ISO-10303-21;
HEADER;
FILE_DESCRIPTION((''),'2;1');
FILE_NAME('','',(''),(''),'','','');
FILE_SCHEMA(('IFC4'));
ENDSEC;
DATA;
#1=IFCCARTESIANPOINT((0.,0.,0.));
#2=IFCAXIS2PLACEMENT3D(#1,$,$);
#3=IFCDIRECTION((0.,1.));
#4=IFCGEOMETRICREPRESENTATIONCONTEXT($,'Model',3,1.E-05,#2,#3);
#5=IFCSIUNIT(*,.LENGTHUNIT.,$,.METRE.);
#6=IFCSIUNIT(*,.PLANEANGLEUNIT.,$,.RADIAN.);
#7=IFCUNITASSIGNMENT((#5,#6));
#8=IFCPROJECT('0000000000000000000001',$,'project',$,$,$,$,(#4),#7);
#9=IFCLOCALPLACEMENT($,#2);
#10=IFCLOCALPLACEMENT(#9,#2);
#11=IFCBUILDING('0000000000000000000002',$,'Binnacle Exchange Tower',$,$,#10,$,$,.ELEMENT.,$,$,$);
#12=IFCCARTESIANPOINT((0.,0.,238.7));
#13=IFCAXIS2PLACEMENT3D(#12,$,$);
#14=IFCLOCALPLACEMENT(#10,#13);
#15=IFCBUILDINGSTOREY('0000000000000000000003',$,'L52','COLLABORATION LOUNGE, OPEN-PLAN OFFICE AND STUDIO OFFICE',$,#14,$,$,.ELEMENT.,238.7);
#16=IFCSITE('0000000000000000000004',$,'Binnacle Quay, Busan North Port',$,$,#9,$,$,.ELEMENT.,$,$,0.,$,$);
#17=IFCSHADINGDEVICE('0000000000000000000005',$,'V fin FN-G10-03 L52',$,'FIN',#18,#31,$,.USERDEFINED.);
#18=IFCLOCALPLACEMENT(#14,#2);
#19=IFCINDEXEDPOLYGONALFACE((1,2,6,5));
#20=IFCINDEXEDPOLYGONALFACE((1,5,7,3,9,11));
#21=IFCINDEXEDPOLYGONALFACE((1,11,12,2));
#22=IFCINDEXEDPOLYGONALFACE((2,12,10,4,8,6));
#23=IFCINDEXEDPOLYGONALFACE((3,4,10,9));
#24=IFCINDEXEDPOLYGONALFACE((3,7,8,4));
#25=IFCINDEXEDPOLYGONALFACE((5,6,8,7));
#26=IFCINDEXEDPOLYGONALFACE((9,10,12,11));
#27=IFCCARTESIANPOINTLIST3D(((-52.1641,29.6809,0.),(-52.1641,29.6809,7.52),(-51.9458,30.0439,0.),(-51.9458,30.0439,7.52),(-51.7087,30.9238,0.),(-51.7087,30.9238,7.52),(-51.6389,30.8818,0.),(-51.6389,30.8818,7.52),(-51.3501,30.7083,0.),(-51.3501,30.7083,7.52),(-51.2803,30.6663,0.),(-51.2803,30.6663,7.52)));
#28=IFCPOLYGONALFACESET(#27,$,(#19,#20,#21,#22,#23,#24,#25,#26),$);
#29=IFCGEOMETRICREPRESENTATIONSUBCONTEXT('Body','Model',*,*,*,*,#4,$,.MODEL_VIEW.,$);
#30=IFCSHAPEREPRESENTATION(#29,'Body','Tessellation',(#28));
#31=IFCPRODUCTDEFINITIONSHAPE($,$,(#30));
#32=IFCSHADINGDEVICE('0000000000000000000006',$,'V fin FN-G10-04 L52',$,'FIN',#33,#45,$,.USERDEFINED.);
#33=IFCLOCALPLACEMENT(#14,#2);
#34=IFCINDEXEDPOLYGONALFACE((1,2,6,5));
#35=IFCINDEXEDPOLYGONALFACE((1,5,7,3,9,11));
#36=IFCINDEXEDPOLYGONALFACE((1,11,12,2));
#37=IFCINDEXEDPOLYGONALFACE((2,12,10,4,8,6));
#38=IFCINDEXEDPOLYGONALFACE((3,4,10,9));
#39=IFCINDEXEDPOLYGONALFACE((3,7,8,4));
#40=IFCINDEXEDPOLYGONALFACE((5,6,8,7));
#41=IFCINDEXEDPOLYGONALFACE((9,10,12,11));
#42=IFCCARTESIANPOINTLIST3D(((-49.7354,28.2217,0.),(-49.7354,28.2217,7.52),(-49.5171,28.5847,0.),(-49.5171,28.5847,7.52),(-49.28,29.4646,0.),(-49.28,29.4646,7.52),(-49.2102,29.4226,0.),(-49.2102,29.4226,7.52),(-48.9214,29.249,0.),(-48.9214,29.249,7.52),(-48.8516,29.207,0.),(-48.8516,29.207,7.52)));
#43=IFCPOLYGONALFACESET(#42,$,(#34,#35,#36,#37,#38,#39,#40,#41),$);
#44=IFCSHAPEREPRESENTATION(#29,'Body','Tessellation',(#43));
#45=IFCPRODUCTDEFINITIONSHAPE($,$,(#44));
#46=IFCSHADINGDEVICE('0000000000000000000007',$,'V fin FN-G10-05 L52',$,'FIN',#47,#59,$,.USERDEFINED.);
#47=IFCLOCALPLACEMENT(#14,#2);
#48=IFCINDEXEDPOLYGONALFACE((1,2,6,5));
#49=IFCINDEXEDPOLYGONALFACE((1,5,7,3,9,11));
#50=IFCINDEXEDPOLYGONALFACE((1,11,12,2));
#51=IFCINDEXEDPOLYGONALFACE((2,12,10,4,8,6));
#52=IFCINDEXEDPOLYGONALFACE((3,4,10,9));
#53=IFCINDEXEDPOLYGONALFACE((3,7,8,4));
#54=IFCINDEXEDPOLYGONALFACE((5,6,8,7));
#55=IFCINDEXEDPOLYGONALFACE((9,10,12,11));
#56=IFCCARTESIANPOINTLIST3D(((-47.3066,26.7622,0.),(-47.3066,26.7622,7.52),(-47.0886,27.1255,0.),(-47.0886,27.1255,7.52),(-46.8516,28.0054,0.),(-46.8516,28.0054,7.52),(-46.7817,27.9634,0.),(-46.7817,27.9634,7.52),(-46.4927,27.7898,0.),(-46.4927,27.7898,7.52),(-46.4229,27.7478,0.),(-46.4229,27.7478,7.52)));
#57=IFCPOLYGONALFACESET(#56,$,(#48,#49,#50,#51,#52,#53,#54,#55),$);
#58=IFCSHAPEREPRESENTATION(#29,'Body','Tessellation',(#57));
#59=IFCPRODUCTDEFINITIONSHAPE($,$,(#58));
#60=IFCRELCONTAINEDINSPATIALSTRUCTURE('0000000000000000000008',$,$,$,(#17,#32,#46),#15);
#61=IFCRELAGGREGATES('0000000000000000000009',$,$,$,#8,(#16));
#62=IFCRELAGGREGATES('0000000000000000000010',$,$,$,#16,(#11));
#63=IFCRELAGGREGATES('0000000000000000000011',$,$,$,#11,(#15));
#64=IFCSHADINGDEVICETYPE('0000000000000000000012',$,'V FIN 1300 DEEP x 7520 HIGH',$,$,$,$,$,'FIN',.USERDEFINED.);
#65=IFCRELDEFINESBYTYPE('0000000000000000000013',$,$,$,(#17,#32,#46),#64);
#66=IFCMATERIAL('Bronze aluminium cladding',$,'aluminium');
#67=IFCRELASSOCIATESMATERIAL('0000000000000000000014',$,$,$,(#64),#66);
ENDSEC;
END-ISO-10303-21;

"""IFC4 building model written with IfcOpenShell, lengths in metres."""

from ifc_helpers import new_model, si_unit, direction, frame, origin, place, context, subcontext, project, spatial, polyline, outline, extrude, material, type_object, element, save


model = new_model("IFC4")

# Units and contexts
model_context = context("Model", 3, precision=1e-05, world=origin(), true_north=direction((0.0, 1.0)))
body_context = subcontext(model_context, "Body", "Model", "MODEL_VIEW")
ifc_project = project(units=[si_unit("LENGTHUNIT", "METRE"), si_unit("PLANEANGLEUNIT", "RADIAN")], contexts=[model_context])

# Site, building, storey
site_placement = place(None, origin())
site = spatial("IfcSite", under=ifc_project, at=site_placement, Name="Binnacle Quay, Busan North Port", CompositionType="ELEMENT", RefElevation=0.0)
building_placement = place(site_placement, origin())
building = spatial("IfcBuilding", under=site, at=building_placement, Name="Binnacle Exchange Tower", CompositionType="ELEMENT")
storey_placement = place(building_placement, frame((0.0, 0.0, 238.7)))
storey = spatial("IfcBuildingStorey", under=building, at=storey_placement, Name="L52", Description="COLLABORATION LOUNGE, OPEN-PLAN OFFICE AND STUDIO OFFICE", CompositionType="ELEMENT", Elevation=238.7)

# Shading devices
ifc_material_1 = material(Name="Bronze aluminium cladding", Category="aluminium")
shading_device_type = type_object("IfcShadingDeviceType", Name="V FIN 1300 DEEP x 7520 HIGH", ElementType="FIN", PredefinedType="USERDEFINED", material=ifc_material_1)
shading_device_1_placement = place(storey_placement, origin())
element("IfcShadingDevice", 1, at=shading_device_1_placement, inside=storey, type_object=shading_device_type, Name="V fin FN-G10-03 L52", ObjectType="FIN", PredefinedType="USERDEFINED", context=body_context, shape_type="SweptSolid", body=[
    extrude(outline(polyline([(-51.7087, 30.9238), (-52.1641, 29.6809), (-51.2803, 30.6663), (-51.3501, 30.7083), (-51.9458, 30.0439), (-51.6389, 30.8818), (-51.7087, 30.9238)])), origin(), (0.0, 0.0, 1.0), 7.52),
])
shading_device_2_placement = place(storey_placement, origin())
element("IfcShadingDevice", 2, at=shading_device_2_placement, inside=storey, type_object=shading_device_type, Name="V fin FN-G10-04 L52", ObjectType="FIN", PredefinedType="USERDEFINED", context=body_context, shape_type="SweptSolid", body=[
    extrude(outline(polyline([(-49.28, 29.4646), (-49.7354, 28.2217), (-48.8516, 29.207), (-48.9214, 29.249), (-49.5171, 28.5847), (-49.2102, 29.4226), (-49.28, 29.4646)])), origin(), (0.0, 0.0, 1.0), 7.52),
])
shading_device_3_placement = place(storey_placement, origin())
element("IfcShadingDevice", 3, at=shading_device_3_placement, inside=storey, type_object=shading_device_type, Name="V fin FN-G10-05 L52", ObjectType="FIN", PredefinedType="USERDEFINED", context=body_context, shape_type="SweptSolid", body=[
    extrude(outline(polyline([(-46.8516, 28.0054), (-47.3066, 26.7622), (-46.4229, 27.7478), (-46.4927, 27.7898), (-47.0886, 27.1255), (-46.7817, 27.9634), (-46.8516, 28.0054)])), origin(), (0.0, 0.0, 1.0), 7.52),
])

save(model, "model.ifc")
